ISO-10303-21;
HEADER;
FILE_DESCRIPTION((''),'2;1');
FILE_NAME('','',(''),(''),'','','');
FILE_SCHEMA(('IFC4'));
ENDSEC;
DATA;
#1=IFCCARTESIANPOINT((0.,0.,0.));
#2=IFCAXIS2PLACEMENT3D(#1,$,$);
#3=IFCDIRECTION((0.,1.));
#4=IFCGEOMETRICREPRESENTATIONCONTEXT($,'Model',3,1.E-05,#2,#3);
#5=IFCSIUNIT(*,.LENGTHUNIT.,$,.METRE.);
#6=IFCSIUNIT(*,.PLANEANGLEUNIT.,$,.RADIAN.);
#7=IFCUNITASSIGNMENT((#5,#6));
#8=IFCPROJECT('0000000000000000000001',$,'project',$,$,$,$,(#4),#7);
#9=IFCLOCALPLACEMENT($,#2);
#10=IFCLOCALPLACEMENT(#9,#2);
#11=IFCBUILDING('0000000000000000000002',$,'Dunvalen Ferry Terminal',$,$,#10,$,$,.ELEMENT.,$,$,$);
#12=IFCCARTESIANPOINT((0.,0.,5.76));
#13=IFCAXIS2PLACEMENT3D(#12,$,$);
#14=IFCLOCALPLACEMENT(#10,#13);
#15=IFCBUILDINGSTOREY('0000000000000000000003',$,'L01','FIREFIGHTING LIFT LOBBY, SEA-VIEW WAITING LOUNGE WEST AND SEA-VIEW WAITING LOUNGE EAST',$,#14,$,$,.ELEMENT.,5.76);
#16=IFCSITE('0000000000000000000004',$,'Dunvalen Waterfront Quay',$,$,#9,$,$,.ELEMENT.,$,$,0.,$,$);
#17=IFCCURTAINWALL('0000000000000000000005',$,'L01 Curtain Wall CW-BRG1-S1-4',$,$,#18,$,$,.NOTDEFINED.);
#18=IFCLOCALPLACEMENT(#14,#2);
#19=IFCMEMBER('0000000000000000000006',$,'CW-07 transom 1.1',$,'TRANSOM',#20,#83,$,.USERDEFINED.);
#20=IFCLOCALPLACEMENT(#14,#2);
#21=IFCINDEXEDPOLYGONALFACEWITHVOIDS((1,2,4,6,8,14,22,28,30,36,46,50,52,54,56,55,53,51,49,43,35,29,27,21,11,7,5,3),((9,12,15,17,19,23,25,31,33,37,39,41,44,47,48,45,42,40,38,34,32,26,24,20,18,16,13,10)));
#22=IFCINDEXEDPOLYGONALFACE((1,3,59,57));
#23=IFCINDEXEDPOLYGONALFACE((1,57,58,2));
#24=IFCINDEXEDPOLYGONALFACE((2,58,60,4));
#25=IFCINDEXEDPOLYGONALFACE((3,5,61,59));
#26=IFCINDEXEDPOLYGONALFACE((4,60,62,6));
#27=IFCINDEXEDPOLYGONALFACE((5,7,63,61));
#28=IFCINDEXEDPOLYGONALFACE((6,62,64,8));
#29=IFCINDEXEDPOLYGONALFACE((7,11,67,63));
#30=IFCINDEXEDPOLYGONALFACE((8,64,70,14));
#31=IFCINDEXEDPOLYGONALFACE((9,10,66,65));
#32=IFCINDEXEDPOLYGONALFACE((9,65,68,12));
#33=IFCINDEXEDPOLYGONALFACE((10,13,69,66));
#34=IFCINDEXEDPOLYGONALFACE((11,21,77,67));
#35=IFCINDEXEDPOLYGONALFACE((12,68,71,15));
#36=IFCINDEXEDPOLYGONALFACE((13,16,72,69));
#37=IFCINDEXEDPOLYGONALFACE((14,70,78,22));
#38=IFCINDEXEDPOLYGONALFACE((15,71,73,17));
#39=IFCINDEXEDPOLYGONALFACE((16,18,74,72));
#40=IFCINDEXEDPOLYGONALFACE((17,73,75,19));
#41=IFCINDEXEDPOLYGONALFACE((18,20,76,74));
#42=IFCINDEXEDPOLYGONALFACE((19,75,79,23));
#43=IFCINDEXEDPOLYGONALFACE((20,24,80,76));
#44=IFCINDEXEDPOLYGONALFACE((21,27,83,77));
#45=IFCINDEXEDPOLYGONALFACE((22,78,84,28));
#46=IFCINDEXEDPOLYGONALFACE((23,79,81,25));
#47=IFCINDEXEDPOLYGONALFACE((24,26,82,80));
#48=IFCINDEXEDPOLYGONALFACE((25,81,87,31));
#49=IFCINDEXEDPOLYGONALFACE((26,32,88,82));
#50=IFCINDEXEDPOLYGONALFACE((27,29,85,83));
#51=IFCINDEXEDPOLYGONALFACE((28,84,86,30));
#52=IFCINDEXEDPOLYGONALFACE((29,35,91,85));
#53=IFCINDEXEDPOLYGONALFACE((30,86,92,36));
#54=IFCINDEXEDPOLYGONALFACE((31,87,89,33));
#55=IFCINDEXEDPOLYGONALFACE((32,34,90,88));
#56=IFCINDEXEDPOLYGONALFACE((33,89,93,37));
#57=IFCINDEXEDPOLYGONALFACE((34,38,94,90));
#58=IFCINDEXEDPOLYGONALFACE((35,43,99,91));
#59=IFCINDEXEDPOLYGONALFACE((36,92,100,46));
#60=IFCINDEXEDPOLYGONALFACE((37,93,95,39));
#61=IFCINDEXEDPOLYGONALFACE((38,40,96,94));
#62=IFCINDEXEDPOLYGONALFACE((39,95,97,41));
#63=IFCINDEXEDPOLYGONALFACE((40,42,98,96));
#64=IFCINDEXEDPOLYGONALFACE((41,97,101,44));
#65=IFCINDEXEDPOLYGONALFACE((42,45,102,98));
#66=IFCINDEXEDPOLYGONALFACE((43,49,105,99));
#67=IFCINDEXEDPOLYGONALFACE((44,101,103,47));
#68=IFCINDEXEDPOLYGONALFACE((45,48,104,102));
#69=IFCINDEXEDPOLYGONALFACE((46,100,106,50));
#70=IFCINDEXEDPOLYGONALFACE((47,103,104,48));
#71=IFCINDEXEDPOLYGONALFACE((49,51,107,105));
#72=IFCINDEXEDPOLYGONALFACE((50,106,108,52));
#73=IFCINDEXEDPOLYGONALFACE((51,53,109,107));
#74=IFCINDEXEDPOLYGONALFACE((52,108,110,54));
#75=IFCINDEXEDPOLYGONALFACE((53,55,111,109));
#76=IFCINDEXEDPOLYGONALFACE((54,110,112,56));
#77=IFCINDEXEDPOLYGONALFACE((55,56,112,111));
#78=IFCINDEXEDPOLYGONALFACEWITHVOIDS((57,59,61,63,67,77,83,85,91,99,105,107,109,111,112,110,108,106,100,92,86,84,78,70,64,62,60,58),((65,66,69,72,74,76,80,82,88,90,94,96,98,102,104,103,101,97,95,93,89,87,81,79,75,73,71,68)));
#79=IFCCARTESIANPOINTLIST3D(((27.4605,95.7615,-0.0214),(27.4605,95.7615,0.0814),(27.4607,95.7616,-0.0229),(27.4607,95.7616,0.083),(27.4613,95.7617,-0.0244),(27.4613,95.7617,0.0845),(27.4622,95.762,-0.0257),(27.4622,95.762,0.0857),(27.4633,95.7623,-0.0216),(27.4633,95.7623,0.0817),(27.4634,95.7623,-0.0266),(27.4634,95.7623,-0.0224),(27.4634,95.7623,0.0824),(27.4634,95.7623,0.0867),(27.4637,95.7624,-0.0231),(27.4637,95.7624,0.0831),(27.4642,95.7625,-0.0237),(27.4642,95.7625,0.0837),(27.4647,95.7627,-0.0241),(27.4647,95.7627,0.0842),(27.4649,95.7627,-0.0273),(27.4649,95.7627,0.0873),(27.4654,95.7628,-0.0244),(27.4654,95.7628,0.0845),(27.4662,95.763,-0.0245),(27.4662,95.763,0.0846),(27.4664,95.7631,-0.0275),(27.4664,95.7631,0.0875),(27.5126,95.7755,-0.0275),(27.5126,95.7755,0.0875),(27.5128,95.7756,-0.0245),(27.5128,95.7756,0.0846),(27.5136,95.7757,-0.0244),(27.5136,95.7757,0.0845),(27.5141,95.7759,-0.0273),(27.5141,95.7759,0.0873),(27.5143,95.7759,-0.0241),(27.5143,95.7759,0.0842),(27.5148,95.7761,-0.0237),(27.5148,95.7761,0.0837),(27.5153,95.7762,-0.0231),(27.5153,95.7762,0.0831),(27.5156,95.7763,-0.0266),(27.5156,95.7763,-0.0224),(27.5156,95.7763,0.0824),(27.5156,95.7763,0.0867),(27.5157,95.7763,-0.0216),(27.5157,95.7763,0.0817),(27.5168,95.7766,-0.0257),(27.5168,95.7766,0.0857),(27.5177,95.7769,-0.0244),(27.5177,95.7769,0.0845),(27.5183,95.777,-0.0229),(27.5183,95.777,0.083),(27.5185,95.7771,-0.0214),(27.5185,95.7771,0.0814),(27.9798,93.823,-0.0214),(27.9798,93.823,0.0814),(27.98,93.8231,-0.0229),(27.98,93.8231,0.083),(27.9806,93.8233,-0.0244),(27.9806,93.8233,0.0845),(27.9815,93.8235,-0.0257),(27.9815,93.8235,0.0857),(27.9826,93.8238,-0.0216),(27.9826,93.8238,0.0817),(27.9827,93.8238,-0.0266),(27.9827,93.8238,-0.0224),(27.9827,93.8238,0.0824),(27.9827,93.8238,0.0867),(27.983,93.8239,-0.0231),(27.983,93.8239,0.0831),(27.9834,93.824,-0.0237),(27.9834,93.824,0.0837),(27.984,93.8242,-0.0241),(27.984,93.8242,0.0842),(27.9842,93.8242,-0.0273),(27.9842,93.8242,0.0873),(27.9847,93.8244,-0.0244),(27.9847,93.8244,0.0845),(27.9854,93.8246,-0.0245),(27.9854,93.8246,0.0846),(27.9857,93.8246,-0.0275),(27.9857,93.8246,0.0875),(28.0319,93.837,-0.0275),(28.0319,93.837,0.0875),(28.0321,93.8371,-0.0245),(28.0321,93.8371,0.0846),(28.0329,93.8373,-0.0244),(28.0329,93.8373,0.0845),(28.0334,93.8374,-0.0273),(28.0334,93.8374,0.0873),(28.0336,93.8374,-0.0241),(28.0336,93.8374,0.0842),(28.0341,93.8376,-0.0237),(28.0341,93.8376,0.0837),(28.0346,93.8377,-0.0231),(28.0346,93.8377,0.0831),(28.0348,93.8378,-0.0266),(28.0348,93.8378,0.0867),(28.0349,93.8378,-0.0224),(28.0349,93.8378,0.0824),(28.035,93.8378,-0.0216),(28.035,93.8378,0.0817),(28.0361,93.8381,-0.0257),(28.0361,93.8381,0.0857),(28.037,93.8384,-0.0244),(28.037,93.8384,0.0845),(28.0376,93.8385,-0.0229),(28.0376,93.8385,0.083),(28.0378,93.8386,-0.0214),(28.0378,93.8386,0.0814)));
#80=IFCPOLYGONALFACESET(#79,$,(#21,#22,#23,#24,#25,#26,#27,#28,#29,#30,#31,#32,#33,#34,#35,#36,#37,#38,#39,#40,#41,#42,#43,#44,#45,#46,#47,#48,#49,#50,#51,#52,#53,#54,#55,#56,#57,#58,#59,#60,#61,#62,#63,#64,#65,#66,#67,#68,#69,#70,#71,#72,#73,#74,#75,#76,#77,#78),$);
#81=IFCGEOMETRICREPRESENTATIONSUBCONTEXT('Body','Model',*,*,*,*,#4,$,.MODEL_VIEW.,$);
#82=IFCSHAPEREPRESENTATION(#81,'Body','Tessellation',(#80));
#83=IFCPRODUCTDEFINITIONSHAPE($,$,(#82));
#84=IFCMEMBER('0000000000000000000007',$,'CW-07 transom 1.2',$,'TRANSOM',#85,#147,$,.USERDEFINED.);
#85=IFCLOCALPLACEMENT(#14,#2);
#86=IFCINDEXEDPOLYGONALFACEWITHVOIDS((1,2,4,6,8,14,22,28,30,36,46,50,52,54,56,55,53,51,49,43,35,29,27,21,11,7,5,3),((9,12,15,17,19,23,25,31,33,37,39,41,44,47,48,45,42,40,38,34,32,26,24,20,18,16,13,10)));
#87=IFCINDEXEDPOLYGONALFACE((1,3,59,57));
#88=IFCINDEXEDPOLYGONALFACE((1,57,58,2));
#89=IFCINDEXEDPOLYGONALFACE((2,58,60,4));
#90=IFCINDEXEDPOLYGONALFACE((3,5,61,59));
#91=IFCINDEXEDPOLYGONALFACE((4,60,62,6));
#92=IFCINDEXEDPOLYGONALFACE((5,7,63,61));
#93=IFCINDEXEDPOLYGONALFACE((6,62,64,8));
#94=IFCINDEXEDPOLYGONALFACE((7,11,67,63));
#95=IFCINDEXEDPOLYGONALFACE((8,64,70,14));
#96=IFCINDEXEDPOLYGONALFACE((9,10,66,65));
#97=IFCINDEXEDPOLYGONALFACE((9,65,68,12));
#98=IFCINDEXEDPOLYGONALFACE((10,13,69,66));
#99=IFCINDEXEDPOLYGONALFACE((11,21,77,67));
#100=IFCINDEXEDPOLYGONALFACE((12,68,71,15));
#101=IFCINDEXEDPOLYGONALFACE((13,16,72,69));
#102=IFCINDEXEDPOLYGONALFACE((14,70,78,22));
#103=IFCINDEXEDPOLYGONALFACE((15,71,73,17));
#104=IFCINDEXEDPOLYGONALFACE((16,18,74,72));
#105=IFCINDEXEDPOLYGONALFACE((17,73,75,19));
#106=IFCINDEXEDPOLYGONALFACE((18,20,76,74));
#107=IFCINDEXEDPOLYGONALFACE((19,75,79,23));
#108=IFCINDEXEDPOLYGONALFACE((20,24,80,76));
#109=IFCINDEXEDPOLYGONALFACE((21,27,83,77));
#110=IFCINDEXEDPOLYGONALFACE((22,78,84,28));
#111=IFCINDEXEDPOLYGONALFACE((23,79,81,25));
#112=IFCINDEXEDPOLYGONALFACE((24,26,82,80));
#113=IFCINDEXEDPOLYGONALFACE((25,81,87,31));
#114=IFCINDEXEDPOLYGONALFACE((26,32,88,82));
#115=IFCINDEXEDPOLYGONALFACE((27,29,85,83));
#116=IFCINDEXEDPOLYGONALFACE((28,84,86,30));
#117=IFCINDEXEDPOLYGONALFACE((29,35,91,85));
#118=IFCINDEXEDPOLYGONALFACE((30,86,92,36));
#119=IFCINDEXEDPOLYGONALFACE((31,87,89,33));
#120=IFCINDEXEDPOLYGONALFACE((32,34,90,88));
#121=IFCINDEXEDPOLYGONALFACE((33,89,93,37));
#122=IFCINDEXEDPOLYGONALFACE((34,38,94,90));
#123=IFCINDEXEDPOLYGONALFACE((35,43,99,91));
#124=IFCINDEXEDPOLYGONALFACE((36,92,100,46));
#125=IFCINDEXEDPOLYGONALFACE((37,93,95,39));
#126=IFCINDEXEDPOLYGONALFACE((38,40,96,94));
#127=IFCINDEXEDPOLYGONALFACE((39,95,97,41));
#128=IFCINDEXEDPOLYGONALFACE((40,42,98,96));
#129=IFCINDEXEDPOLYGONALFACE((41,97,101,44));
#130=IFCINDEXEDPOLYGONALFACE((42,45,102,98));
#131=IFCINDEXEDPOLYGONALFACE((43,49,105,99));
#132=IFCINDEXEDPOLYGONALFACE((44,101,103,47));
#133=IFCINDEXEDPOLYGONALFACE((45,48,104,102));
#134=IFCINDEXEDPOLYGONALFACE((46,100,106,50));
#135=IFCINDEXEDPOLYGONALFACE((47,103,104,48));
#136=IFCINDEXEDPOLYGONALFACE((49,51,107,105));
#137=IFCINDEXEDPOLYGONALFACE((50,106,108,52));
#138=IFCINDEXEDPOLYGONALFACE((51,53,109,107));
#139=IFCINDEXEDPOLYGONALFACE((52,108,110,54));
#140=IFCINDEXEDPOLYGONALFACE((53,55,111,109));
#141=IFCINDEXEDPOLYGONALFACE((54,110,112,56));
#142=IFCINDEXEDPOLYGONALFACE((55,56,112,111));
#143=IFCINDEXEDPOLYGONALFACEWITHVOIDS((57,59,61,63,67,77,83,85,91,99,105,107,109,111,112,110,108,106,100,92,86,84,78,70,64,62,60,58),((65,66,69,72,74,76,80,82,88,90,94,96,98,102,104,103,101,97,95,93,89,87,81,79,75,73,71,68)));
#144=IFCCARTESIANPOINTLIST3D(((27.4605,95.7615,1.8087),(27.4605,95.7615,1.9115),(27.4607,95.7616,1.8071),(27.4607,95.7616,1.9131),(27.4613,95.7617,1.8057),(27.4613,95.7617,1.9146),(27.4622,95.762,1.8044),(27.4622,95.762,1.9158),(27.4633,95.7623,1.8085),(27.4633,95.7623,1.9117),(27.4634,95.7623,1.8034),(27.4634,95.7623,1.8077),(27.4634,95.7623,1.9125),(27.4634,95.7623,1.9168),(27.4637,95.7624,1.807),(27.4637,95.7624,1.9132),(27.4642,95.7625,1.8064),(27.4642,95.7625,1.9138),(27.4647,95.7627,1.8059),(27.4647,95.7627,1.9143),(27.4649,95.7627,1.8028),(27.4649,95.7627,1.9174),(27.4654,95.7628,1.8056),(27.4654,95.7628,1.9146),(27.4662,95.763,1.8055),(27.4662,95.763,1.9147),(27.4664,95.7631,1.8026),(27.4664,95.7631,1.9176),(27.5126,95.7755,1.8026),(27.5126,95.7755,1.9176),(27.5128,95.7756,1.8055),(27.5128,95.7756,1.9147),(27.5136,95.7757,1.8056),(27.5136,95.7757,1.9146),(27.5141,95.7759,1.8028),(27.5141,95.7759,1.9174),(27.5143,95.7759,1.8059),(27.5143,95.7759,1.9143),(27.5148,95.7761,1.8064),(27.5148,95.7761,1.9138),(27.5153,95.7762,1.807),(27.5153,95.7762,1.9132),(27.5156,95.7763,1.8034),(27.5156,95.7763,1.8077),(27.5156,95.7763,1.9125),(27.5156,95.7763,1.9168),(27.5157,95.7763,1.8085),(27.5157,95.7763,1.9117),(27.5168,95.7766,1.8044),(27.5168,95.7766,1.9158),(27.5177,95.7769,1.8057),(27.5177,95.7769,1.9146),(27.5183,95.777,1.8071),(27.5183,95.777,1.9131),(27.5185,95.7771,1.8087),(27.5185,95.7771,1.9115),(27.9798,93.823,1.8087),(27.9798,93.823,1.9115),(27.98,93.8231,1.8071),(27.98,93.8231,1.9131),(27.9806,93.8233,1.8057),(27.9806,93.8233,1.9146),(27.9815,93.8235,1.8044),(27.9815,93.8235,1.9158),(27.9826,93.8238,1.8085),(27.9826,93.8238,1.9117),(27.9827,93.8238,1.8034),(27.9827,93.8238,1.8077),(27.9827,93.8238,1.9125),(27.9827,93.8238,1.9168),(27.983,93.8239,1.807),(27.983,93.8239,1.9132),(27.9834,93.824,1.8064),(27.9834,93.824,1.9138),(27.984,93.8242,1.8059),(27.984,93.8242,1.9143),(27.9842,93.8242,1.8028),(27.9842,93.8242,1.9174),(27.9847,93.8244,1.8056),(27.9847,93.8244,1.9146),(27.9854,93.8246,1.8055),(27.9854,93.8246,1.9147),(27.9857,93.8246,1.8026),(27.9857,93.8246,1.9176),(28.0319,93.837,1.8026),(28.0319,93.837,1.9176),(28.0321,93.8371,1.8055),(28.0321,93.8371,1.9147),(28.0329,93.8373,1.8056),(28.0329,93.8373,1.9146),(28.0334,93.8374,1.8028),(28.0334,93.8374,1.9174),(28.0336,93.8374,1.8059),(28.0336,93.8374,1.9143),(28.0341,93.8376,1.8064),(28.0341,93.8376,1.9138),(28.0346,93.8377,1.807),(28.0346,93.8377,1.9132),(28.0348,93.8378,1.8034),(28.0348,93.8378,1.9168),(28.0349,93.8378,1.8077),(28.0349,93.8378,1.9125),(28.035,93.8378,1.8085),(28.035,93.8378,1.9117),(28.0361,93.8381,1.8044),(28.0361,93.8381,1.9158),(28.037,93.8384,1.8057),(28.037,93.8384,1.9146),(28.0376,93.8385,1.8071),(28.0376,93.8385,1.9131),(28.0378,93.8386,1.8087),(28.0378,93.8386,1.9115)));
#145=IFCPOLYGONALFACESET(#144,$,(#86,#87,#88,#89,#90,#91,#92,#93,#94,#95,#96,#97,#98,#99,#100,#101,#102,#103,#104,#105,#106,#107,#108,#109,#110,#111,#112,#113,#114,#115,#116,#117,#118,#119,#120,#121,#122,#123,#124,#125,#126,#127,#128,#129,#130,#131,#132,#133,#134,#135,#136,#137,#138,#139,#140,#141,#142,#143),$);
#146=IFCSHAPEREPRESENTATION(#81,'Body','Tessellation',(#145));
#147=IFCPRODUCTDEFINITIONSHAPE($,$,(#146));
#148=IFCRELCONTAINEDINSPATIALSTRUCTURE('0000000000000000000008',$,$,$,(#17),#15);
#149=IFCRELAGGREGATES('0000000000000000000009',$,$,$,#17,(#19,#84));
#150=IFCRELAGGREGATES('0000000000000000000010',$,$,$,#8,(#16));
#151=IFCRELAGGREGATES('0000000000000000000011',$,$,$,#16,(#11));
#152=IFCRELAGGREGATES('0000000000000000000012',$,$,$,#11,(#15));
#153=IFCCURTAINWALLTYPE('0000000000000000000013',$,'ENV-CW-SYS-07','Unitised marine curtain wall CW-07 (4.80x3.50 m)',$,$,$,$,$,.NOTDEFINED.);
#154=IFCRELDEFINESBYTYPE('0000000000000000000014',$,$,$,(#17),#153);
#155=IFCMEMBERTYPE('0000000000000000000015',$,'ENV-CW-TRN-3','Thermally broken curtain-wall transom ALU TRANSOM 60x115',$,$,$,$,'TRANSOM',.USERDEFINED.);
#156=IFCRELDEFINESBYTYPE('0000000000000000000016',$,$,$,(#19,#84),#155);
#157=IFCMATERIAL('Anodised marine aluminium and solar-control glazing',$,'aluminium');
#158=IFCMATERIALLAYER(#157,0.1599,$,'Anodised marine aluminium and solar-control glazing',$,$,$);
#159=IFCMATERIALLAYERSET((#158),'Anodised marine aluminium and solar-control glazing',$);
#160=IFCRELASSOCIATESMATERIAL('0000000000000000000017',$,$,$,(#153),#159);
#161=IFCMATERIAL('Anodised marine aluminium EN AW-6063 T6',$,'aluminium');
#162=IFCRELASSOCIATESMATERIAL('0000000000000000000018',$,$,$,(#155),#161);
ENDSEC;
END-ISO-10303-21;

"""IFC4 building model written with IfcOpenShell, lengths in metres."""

from ifc_helpers import new_model, si_unit, direction, frame, origin, origin_2d, place, context, subcontext, project, spatial, hollow_rectangle, extrude, material, layer, layer_set, material_profile, profile_set, type_object, element, aggregate, save


model = new_model("IFC4")

# Units and contexts
model_context = context("Model", 3, precision=1e-05, world=origin(), true_north=direction((0.0, 1.0)))
body_context = subcontext(model_context, "Body", "Model", "MODEL_VIEW")
ifc_project = project(units=[si_unit("LENGTHUNIT", "METRE"), si_unit("PLANEANGLEUNIT", "RADIAN")], contexts=[model_context])

# Site, building, storey
site_placement = place(None, origin())
site = spatial("IfcSite", under=ifc_project, at=site_placement, Name="Dunvalen Waterfront Quay", CompositionType="ELEMENT", RefElevation=0.0)
building_placement = place(site_placement, origin())
building = spatial("IfcBuilding", under=site, at=building_placement, Name="Dunvalen Ferry Terminal", CompositionType="ELEMENT")
storey_placement = place(building_placement, frame((0.0, 0.0, 5.76)))
storey = spatial("IfcBuildingStorey", under=building, at=storey_placement, Name="L01", Description="FIREFIGHTING LIFT LOBBY, SEA-VIEW WAITING LOUNGE WEST AND SEA-VIEW WAITING LOUNGE EAST", CompositionType="ELEMENT", Elevation=5.76)

# Shared definitions
ifc_material_1 = material(Name="Anodised marine aluminium and solar-control glazing", Category="aluminium")
ifc_material_2 = material(Name="Anodised marine aluminium EN AW-6063 T6", Category="aluminium")
ifc_layer_1 = layer(ifc_material_1, 0.1599, Name="Anodised marine aluminium and solar-control glazing")
ifc_layer_set_1 = layer_set([ifc_layer_1], Name="Anodised marine aluminium and solar-control glazing")
curtain_wall_type_1 = type_object("IfcCurtainWallType", Name="ENV-CW-SYS-07", Description="Unitised marine curtain wall CW-07 (4.80x3.50 m)", PredefinedType="NOTDEFINED", material=ifc_layer_set_1)

# Curtain wall
curtain_wall_1_placement = place(storey_placement, origin())
curtain_wall_1 = element("IfcCurtainWall", 1, at=curtain_wall_1_placement, inside=storey, type_object=curtain_wall_type_1, Name="L01 Curtain Wall CW-BRG1-S1-4", PredefinedType="NOTDEFINED")

# Members
ifc_material_profile_1 = material_profile(ifc_material_2, hollow_rectangle(XDim=0.0601, YDim=0.115, WallThickness=0.0029, InnerFilletRadius=0.0029, OuterFilletRadius=0.0061, at=origin_2d()), Name="Anodised marine aluminium EN AW-6063 T6")
ifc_profile_set_1 = profile_set([ifc_material_profile_1], Name="Anodised marine aluminium EN AW-6063 T6")
member_type_1 = type_object("IfcMemberType", Name="ENV-CW-TRN-3", Description="Thermally broken curtain-wall transom ALU TRANSOM 60x115", ElementType="TRANSOM", PredefinedType="USERDEFINED", material=ifc_profile_set_1)
member_1_placement = place(storey_placement, frame((28.0088, 93.8308, 0.03), z_axis=(-0.25876, 0.965942, 0.0), x_axis=(-0.965942, -0.25876, 0.0)))
member_1 = element("IfcMember", 2, at=member_1_placement, type_object=member_type_1, Name="CW-07 transom 1.1", ObjectType="TRANSOM", PredefinedType="USERDEFINED", context=body_context, shape_type="SweptSolid", body=[
    extrude(hollow_rectangle(XDim=0.0601, YDim=0.115, WallThickness=0.0029, InnerFilletRadius=0.0029, OuterFilletRadius=0.0061, at=origin_2d()), origin(), (0.0, 0.0, 1.0), 2.0068),
])
member_2_placement = place(storey_placement, frame((28.0088, 93.8308, 1.8601), z_axis=(-0.25876, 0.965942, 0.0), x_axis=(-0.965942, -0.25876, 0.0)))
member_2 = element("IfcMember", 3, at=member_2_placement, type_object=member_type_1, Name="CW-07 transom 1.2", ObjectType="TRANSOM", PredefinedType="USERDEFINED", context=body_context, shape_type="SweptSolid", body=[
    extrude(hollow_rectangle(XDim=0.0601, YDim=0.115, WallThickness=0.0029, InnerFilletRadius=0.0029, OuterFilletRadius=0.0061, at=origin_2d()), origin(), (0.0, 0.0, 1.0), 2.0068),
])

aggregate(curtain_wall_1, [member_1, member_2])

save(model, "model.ifc")
